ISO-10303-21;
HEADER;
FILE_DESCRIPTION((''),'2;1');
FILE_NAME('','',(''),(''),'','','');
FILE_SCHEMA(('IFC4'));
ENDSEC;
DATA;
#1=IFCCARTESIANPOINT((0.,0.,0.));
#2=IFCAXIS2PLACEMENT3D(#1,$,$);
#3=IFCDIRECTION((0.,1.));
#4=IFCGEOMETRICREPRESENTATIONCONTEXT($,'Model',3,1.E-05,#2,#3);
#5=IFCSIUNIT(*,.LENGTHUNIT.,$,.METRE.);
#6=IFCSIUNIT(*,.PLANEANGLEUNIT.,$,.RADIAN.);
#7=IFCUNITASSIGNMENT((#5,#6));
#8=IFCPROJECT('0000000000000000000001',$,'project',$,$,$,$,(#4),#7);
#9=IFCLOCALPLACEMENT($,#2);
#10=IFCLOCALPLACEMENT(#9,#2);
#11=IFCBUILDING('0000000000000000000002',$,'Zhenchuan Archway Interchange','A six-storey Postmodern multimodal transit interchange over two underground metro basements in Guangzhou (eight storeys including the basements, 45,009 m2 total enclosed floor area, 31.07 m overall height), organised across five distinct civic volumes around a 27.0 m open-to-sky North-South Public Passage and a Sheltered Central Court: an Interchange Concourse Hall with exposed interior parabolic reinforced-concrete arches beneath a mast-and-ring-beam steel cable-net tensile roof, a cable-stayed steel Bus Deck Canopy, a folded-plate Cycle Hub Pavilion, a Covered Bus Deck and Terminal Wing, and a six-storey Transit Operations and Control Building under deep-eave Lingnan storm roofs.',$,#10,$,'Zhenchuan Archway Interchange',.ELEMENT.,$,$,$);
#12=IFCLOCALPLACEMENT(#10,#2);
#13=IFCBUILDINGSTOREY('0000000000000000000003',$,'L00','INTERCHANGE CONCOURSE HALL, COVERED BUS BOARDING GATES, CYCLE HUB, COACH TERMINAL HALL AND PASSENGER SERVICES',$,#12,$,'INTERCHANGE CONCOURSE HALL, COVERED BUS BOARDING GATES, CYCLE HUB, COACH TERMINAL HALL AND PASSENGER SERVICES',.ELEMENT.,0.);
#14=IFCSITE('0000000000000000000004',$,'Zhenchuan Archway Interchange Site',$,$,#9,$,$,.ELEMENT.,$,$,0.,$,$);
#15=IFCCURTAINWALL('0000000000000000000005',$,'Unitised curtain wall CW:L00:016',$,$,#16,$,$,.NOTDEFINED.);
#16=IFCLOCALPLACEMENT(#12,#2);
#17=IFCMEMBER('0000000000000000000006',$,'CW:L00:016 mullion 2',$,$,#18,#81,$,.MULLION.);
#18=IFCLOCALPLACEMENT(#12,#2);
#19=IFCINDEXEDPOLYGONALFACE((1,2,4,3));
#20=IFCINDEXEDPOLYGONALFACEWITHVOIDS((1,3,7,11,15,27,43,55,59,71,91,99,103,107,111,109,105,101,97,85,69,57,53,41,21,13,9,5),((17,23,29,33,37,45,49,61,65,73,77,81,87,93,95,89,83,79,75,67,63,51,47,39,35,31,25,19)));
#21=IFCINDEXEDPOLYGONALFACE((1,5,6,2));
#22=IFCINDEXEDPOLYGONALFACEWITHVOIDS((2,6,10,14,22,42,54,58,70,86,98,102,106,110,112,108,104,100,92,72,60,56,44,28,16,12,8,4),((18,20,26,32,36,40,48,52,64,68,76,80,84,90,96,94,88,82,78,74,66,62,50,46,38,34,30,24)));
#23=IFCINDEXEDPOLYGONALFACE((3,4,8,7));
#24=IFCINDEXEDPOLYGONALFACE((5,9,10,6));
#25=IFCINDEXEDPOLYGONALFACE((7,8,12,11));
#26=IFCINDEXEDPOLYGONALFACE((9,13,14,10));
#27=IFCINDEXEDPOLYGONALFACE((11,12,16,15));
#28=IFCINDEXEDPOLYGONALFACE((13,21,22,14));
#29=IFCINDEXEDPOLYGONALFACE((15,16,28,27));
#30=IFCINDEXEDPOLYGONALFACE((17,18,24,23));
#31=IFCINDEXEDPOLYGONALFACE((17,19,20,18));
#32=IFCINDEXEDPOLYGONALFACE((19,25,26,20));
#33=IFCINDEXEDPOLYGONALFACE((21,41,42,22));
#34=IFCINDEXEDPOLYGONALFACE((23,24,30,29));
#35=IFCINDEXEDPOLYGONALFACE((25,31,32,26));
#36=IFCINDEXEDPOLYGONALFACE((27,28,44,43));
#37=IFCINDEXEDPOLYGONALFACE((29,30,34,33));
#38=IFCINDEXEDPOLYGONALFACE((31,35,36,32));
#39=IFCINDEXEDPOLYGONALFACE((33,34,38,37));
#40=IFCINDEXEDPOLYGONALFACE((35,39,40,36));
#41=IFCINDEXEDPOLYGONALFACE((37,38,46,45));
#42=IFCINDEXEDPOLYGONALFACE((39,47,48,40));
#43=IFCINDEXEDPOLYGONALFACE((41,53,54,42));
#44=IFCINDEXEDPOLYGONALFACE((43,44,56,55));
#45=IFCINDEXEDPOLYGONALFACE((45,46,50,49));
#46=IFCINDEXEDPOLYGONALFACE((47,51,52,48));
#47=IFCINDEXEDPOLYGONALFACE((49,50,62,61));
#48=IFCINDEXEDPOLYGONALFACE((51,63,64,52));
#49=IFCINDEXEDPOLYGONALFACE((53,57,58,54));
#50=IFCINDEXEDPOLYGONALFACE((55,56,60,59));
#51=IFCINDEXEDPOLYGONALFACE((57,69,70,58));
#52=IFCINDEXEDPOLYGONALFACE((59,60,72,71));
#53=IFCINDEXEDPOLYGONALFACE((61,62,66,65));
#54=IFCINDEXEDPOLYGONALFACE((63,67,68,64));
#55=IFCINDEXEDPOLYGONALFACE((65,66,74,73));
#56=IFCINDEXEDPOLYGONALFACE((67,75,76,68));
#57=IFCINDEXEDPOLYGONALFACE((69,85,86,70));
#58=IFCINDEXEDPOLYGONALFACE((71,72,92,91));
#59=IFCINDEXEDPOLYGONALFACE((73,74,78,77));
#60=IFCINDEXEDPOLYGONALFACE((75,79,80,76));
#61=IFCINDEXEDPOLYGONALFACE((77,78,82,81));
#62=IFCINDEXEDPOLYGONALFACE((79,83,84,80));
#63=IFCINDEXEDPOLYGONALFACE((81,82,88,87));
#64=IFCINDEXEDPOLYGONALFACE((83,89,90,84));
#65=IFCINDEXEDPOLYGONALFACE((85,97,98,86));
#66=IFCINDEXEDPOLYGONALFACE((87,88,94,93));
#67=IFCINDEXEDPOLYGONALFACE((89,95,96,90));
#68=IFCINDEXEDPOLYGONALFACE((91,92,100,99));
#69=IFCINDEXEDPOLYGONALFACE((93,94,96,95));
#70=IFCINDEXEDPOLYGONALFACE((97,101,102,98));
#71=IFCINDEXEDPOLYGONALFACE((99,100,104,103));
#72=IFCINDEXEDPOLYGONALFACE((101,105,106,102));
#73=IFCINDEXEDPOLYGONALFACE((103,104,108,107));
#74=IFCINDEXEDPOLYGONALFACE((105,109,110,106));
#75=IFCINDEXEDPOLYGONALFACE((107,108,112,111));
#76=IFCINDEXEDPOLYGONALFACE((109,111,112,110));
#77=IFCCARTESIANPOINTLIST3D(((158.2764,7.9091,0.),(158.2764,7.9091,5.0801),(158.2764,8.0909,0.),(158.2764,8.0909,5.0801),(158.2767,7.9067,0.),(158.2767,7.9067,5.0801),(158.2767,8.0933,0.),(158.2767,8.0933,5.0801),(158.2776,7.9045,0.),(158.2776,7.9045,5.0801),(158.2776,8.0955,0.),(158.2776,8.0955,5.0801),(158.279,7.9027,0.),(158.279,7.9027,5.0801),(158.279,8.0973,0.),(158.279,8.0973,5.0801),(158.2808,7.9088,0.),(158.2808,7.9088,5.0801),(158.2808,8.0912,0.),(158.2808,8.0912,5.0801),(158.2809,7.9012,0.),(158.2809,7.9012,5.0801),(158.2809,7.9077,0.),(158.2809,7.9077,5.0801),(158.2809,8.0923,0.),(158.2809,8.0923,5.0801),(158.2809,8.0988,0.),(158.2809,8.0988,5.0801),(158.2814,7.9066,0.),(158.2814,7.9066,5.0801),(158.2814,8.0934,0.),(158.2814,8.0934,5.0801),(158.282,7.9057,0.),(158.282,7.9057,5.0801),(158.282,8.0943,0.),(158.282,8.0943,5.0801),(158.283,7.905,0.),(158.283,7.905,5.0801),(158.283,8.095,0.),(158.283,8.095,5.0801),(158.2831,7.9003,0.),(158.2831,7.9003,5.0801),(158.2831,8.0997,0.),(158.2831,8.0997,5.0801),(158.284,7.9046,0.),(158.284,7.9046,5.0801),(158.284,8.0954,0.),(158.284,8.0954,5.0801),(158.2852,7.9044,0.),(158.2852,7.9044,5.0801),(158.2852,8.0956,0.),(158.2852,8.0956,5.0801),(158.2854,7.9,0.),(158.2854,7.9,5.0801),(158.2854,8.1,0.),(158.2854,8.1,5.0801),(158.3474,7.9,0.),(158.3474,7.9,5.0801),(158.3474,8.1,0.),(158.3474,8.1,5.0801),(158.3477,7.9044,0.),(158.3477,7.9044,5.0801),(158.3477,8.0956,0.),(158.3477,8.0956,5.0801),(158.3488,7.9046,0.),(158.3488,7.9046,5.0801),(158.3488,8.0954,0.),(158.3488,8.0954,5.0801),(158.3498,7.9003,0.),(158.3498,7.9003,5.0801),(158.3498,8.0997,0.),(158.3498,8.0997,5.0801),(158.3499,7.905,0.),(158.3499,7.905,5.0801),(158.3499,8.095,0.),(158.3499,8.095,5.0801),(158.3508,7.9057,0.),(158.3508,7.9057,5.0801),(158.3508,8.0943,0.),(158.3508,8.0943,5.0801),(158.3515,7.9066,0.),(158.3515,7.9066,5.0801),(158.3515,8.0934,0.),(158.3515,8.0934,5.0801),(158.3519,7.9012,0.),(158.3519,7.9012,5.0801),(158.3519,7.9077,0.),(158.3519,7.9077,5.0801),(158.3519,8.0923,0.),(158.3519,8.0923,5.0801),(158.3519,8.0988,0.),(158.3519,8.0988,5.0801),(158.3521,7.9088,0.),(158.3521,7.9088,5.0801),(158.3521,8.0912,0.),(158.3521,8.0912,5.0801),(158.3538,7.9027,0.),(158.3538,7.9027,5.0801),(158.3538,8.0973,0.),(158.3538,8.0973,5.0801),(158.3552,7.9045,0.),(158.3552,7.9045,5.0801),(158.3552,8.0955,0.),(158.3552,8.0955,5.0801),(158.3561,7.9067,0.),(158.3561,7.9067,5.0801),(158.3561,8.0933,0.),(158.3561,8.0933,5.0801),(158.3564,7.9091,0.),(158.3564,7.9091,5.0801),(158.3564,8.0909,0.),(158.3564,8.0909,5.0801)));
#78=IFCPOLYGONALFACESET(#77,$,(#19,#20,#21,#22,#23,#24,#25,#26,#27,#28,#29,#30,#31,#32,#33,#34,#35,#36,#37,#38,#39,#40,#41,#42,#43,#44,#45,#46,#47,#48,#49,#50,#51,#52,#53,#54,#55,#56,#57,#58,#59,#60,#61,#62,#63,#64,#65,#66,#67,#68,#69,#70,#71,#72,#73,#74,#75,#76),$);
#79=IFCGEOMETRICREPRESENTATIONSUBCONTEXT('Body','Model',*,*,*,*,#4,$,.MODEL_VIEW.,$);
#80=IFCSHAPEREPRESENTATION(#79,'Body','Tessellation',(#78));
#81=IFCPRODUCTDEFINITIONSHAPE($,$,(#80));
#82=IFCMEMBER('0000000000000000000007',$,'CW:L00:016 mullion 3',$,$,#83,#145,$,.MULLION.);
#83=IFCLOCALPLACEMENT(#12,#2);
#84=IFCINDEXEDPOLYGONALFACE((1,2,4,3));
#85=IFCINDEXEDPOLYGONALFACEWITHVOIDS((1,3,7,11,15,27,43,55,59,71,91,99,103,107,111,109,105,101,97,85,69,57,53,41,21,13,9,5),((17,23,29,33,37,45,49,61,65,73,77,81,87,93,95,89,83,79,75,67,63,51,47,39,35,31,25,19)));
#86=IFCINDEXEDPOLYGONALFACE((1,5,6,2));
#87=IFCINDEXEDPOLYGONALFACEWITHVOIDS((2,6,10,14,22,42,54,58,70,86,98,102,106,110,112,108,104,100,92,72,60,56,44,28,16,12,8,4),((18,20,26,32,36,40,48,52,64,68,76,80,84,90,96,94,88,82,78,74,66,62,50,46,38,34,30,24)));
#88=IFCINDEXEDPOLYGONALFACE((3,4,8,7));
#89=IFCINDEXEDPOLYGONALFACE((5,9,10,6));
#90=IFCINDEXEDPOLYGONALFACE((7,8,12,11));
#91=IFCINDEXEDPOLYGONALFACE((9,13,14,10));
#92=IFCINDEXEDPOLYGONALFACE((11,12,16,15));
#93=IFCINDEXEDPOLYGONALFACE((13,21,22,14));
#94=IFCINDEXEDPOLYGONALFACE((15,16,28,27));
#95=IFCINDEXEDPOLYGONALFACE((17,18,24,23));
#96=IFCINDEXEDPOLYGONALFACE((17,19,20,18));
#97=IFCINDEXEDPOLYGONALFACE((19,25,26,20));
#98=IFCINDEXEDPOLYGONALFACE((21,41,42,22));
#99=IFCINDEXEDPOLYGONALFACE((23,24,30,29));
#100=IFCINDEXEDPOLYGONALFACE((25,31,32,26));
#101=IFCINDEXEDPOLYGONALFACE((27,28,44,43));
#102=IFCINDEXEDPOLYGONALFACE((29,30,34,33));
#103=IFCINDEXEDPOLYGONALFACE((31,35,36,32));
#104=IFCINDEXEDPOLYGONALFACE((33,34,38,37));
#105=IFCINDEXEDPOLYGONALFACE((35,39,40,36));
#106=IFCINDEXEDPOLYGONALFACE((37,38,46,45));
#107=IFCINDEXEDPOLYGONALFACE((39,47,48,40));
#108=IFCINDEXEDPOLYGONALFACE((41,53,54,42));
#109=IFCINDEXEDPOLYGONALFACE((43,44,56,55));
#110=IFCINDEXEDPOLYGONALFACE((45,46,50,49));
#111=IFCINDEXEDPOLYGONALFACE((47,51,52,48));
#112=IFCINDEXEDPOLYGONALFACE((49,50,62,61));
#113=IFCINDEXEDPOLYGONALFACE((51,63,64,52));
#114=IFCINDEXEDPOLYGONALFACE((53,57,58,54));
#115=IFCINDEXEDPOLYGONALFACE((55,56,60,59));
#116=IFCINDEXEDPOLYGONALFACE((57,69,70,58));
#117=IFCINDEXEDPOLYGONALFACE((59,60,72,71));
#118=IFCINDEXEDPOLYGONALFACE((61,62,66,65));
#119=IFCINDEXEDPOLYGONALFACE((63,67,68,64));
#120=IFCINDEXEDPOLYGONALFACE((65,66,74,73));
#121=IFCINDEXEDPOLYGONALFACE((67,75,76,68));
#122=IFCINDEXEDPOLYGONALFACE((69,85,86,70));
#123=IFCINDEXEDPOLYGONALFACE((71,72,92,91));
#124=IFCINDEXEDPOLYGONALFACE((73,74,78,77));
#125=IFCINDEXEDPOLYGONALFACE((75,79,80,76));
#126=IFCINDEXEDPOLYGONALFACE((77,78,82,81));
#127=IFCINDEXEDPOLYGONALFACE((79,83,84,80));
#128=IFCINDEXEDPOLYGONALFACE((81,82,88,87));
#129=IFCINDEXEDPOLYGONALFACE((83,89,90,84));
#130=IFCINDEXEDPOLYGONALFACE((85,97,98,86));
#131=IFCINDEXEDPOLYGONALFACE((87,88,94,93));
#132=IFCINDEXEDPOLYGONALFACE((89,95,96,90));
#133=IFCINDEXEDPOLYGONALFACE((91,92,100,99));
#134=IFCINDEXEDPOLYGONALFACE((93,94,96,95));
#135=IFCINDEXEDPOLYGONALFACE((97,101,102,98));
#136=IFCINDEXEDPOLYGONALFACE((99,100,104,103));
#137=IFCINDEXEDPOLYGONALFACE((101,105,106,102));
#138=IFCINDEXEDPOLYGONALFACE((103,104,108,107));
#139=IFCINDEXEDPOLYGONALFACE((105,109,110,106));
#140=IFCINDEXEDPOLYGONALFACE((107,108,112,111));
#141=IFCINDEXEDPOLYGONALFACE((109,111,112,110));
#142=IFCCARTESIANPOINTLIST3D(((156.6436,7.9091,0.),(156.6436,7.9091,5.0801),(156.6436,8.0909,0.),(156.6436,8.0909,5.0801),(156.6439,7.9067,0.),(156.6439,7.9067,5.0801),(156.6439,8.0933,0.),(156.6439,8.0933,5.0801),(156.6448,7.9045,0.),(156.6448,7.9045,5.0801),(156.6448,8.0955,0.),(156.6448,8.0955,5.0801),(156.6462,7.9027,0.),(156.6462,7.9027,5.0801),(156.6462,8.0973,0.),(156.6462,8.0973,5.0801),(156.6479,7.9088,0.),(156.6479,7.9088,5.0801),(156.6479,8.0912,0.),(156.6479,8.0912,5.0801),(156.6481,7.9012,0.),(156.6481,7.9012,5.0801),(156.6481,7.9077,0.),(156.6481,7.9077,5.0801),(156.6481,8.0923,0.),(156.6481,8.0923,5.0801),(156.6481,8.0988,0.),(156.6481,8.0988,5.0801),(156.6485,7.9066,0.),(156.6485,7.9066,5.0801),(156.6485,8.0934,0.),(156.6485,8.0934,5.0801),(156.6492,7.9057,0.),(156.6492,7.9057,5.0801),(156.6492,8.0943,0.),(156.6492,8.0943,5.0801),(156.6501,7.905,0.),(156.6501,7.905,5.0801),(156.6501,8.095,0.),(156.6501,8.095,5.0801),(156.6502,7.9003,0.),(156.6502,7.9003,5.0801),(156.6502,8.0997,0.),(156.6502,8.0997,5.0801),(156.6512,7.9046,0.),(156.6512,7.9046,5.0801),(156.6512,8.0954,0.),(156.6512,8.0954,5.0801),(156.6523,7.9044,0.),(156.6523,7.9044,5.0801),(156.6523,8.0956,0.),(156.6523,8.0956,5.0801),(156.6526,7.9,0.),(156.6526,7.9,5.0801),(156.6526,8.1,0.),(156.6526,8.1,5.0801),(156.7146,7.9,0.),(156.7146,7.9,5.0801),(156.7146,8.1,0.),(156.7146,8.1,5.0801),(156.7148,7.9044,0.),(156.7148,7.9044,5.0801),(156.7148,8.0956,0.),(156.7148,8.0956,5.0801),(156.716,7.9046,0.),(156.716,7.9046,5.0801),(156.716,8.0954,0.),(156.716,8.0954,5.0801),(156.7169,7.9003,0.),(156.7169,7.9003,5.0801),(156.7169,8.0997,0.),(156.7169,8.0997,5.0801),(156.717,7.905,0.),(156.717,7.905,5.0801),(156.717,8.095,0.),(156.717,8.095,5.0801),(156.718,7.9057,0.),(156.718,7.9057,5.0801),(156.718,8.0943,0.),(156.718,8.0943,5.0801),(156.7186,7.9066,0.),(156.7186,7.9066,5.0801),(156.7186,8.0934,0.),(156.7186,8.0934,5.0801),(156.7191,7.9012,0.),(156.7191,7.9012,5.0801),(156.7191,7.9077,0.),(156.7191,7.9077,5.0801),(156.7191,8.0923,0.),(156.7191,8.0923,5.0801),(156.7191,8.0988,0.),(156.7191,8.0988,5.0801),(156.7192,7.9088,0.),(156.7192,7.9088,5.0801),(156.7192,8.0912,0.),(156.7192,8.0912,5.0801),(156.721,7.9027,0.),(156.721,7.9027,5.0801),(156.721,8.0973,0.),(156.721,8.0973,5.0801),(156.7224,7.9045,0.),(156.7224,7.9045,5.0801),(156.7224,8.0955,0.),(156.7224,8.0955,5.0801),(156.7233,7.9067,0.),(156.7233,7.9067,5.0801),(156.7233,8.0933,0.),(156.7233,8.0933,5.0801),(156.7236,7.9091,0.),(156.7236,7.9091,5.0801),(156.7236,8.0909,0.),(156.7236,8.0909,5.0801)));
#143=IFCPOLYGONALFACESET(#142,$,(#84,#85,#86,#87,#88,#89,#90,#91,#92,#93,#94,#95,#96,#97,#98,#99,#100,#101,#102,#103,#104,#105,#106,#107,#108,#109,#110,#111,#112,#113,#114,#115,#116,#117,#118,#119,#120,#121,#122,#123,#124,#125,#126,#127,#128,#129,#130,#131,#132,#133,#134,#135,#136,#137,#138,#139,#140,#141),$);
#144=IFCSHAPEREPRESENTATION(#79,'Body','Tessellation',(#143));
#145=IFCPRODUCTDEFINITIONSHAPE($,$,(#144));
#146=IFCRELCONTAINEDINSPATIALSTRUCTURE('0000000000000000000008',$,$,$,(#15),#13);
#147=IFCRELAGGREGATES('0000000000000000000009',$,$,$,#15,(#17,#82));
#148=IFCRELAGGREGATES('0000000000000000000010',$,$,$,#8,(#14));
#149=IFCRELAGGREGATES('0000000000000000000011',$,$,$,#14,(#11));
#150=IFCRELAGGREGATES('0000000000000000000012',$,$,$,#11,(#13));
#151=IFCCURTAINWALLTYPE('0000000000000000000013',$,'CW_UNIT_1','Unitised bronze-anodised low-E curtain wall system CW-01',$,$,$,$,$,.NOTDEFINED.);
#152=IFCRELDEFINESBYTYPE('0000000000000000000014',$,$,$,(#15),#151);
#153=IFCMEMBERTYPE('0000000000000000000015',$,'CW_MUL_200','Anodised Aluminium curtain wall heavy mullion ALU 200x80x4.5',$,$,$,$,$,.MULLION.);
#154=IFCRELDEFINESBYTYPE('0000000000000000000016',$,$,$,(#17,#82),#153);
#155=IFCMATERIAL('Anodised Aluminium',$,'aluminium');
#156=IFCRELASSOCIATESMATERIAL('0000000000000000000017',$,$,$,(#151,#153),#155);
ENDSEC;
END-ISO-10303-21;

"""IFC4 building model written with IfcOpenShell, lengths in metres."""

from ifc_helpers import new_model, si_unit, direction, frame, origin, origin_2d, place, context, subcontext, project, spatial, hollow_rectangle, extrude, material, material_profile, profile_set, type_object, element, aggregate, save


model = new_model("IFC4")

# Units and contexts
model_context = context("Model", 3, precision=1e-05, world=origin(), true_north=direction((0.0, 1.0)))
body_context = subcontext(model_context, "Body", "Model", "MODEL_VIEW")
ifc_project = project(units=[si_unit("LENGTHUNIT", "METRE"), si_unit("PLANEANGLEUNIT", "RADIAN")], contexts=[model_context])

# Site, building, storey
site_placement = place(None, origin())
site = spatial("IfcSite", under=ifc_project, at=site_placement, Name="Zhenchuan Archway Interchange Site", CompositionType="ELEMENT", RefElevation=0.0)
building_placement = place(site_placement, origin())
building = spatial("IfcBuilding", under=site, at=building_placement, Name="Zhenchuan Archway Interchange", Description="A six-storey Postmodern multimodal transit interchange over two underground metro basements in Guangzhou (eight storeys including the basements, 45,009 m2 total enclosed floor area, 31.07 m overall height), organised across five distinct civic volumes around a 27.0 m open-to-sky North-South Public Passage and a Sheltered Central Court: an Interchange Concourse Hall with exposed interior parabolic reinforced-concrete arches beneath a mast-and-ring-beam steel cable-net tensile roof, a cable-stayed steel Bus Deck Canopy, a folded-plate Cycle Hub Pavilion, a Covered Bus Deck and Terminal Wing, and a six-storey Transit Operations and Control Building under deep-eave Lingnan storm roofs.", LongName="Zhenchuan Archway Interchange", CompositionType="ELEMENT")
storey_placement = place(building_placement, origin())
storey = spatial("IfcBuildingStorey", under=building, at=storey_placement, Name="L00", Description="INTERCHANGE CONCOURSE HALL, COVERED BUS BOARDING GATES, CYCLE HUB, COACH TERMINAL HALL AND PASSENGER SERVICES", LongName="INTERCHANGE CONCOURSE HALL, COVERED BUS BOARDING GATES, CYCLE HUB, COACH TERMINAL HALL AND PASSENGER SERVICES", CompositionType="ELEMENT", Elevation=0.0)

# Curtain wall, members
ifc_material_1 = material(Name="Anodised Aluminium", Category="aluminium")
curtain_wall_type = type_object("IfcCurtainWallType", Name="CW_UNIT_1", Description="Unitised bronze-anodised low-E curtain wall system CW-01", PredefinedType="NOTDEFINED", material=ifc_material_1)
curtain_wall_placement = place(storey_placement, origin())
curtain_wall = element("IfcCurtainWall", 1, at=curtain_wall_placement, inside=storey, type_object=curtain_wall_type, Name="Unitised curtain wall CW:L00:016", PredefinedType="NOTDEFINED")
ifc_material_profile_1 = material_profile(ifc_material_1, hollow_rectangle(XDim=0.0801, YDim=0.2, WallThickness=0.0044, InnerFilletRadius=0.0044, OuterFilletRadius=0.009, at=origin_2d()), Name="ALU 200x80x4.5")
ifc_profile_set_1 = profile_set([ifc_material_profile_1], Name="Anodised Aluminium")
member_type_1 = type_object("IfcMemberType", Name="CW_MUL_200", Description="Anodised Aluminium curtain wall heavy mullion ALU 200x80x4.5", PredefinedType="MULLION", material=ifc_profile_set_1)
member_1_placement = place(storey_placement, frame((158.3164, 8.0, 0.0), z_axis=(0.0, 0.0, 1.0), x_axis=(1.0, 0.0, 0.0)))
member_1 = element("IfcMember", 2, at=member_1_placement, type_object=member_type_1, Name="CW:L00:016 mullion 2", PredefinedType="MULLION", context=body_context, shape_type="SweptSolid", body=[
    extrude(hollow_rectangle(XDim=0.0801, YDim=0.2, WallThickness=0.0044, InnerFilletRadius=0.0044, OuterFilletRadius=0.009, at=origin_2d()), origin(), (0.0, 0.0, 1.0), 5.0801),
])
member_2_placement = place(storey_placement, frame((156.6836, 8.0, 0.0), z_axis=(0.0, 0.0, 1.0), x_axis=(1.0, 0.0, 0.0)))
member_2 = element("IfcMember", 3, at=member_2_placement, type_object=member_type_1, Name="CW:L00:016 mullion 3", PredefinedType="MULLION", context=body_context, shape_type="SweptSolid", body=[
    extrude(hollow_rectangle(XDim=0.0801, YDim=0.2, WallThickness=0.0044, InnerFilletRadius=0.0044, OuterFilletRadius=0.009, at=origin_2d()), origin(), (0.0, 0.0, 1.0), 5.0801),
])

aggregate(curtain_wall, [member_1, member_2])

save(model, "model.ifc")
